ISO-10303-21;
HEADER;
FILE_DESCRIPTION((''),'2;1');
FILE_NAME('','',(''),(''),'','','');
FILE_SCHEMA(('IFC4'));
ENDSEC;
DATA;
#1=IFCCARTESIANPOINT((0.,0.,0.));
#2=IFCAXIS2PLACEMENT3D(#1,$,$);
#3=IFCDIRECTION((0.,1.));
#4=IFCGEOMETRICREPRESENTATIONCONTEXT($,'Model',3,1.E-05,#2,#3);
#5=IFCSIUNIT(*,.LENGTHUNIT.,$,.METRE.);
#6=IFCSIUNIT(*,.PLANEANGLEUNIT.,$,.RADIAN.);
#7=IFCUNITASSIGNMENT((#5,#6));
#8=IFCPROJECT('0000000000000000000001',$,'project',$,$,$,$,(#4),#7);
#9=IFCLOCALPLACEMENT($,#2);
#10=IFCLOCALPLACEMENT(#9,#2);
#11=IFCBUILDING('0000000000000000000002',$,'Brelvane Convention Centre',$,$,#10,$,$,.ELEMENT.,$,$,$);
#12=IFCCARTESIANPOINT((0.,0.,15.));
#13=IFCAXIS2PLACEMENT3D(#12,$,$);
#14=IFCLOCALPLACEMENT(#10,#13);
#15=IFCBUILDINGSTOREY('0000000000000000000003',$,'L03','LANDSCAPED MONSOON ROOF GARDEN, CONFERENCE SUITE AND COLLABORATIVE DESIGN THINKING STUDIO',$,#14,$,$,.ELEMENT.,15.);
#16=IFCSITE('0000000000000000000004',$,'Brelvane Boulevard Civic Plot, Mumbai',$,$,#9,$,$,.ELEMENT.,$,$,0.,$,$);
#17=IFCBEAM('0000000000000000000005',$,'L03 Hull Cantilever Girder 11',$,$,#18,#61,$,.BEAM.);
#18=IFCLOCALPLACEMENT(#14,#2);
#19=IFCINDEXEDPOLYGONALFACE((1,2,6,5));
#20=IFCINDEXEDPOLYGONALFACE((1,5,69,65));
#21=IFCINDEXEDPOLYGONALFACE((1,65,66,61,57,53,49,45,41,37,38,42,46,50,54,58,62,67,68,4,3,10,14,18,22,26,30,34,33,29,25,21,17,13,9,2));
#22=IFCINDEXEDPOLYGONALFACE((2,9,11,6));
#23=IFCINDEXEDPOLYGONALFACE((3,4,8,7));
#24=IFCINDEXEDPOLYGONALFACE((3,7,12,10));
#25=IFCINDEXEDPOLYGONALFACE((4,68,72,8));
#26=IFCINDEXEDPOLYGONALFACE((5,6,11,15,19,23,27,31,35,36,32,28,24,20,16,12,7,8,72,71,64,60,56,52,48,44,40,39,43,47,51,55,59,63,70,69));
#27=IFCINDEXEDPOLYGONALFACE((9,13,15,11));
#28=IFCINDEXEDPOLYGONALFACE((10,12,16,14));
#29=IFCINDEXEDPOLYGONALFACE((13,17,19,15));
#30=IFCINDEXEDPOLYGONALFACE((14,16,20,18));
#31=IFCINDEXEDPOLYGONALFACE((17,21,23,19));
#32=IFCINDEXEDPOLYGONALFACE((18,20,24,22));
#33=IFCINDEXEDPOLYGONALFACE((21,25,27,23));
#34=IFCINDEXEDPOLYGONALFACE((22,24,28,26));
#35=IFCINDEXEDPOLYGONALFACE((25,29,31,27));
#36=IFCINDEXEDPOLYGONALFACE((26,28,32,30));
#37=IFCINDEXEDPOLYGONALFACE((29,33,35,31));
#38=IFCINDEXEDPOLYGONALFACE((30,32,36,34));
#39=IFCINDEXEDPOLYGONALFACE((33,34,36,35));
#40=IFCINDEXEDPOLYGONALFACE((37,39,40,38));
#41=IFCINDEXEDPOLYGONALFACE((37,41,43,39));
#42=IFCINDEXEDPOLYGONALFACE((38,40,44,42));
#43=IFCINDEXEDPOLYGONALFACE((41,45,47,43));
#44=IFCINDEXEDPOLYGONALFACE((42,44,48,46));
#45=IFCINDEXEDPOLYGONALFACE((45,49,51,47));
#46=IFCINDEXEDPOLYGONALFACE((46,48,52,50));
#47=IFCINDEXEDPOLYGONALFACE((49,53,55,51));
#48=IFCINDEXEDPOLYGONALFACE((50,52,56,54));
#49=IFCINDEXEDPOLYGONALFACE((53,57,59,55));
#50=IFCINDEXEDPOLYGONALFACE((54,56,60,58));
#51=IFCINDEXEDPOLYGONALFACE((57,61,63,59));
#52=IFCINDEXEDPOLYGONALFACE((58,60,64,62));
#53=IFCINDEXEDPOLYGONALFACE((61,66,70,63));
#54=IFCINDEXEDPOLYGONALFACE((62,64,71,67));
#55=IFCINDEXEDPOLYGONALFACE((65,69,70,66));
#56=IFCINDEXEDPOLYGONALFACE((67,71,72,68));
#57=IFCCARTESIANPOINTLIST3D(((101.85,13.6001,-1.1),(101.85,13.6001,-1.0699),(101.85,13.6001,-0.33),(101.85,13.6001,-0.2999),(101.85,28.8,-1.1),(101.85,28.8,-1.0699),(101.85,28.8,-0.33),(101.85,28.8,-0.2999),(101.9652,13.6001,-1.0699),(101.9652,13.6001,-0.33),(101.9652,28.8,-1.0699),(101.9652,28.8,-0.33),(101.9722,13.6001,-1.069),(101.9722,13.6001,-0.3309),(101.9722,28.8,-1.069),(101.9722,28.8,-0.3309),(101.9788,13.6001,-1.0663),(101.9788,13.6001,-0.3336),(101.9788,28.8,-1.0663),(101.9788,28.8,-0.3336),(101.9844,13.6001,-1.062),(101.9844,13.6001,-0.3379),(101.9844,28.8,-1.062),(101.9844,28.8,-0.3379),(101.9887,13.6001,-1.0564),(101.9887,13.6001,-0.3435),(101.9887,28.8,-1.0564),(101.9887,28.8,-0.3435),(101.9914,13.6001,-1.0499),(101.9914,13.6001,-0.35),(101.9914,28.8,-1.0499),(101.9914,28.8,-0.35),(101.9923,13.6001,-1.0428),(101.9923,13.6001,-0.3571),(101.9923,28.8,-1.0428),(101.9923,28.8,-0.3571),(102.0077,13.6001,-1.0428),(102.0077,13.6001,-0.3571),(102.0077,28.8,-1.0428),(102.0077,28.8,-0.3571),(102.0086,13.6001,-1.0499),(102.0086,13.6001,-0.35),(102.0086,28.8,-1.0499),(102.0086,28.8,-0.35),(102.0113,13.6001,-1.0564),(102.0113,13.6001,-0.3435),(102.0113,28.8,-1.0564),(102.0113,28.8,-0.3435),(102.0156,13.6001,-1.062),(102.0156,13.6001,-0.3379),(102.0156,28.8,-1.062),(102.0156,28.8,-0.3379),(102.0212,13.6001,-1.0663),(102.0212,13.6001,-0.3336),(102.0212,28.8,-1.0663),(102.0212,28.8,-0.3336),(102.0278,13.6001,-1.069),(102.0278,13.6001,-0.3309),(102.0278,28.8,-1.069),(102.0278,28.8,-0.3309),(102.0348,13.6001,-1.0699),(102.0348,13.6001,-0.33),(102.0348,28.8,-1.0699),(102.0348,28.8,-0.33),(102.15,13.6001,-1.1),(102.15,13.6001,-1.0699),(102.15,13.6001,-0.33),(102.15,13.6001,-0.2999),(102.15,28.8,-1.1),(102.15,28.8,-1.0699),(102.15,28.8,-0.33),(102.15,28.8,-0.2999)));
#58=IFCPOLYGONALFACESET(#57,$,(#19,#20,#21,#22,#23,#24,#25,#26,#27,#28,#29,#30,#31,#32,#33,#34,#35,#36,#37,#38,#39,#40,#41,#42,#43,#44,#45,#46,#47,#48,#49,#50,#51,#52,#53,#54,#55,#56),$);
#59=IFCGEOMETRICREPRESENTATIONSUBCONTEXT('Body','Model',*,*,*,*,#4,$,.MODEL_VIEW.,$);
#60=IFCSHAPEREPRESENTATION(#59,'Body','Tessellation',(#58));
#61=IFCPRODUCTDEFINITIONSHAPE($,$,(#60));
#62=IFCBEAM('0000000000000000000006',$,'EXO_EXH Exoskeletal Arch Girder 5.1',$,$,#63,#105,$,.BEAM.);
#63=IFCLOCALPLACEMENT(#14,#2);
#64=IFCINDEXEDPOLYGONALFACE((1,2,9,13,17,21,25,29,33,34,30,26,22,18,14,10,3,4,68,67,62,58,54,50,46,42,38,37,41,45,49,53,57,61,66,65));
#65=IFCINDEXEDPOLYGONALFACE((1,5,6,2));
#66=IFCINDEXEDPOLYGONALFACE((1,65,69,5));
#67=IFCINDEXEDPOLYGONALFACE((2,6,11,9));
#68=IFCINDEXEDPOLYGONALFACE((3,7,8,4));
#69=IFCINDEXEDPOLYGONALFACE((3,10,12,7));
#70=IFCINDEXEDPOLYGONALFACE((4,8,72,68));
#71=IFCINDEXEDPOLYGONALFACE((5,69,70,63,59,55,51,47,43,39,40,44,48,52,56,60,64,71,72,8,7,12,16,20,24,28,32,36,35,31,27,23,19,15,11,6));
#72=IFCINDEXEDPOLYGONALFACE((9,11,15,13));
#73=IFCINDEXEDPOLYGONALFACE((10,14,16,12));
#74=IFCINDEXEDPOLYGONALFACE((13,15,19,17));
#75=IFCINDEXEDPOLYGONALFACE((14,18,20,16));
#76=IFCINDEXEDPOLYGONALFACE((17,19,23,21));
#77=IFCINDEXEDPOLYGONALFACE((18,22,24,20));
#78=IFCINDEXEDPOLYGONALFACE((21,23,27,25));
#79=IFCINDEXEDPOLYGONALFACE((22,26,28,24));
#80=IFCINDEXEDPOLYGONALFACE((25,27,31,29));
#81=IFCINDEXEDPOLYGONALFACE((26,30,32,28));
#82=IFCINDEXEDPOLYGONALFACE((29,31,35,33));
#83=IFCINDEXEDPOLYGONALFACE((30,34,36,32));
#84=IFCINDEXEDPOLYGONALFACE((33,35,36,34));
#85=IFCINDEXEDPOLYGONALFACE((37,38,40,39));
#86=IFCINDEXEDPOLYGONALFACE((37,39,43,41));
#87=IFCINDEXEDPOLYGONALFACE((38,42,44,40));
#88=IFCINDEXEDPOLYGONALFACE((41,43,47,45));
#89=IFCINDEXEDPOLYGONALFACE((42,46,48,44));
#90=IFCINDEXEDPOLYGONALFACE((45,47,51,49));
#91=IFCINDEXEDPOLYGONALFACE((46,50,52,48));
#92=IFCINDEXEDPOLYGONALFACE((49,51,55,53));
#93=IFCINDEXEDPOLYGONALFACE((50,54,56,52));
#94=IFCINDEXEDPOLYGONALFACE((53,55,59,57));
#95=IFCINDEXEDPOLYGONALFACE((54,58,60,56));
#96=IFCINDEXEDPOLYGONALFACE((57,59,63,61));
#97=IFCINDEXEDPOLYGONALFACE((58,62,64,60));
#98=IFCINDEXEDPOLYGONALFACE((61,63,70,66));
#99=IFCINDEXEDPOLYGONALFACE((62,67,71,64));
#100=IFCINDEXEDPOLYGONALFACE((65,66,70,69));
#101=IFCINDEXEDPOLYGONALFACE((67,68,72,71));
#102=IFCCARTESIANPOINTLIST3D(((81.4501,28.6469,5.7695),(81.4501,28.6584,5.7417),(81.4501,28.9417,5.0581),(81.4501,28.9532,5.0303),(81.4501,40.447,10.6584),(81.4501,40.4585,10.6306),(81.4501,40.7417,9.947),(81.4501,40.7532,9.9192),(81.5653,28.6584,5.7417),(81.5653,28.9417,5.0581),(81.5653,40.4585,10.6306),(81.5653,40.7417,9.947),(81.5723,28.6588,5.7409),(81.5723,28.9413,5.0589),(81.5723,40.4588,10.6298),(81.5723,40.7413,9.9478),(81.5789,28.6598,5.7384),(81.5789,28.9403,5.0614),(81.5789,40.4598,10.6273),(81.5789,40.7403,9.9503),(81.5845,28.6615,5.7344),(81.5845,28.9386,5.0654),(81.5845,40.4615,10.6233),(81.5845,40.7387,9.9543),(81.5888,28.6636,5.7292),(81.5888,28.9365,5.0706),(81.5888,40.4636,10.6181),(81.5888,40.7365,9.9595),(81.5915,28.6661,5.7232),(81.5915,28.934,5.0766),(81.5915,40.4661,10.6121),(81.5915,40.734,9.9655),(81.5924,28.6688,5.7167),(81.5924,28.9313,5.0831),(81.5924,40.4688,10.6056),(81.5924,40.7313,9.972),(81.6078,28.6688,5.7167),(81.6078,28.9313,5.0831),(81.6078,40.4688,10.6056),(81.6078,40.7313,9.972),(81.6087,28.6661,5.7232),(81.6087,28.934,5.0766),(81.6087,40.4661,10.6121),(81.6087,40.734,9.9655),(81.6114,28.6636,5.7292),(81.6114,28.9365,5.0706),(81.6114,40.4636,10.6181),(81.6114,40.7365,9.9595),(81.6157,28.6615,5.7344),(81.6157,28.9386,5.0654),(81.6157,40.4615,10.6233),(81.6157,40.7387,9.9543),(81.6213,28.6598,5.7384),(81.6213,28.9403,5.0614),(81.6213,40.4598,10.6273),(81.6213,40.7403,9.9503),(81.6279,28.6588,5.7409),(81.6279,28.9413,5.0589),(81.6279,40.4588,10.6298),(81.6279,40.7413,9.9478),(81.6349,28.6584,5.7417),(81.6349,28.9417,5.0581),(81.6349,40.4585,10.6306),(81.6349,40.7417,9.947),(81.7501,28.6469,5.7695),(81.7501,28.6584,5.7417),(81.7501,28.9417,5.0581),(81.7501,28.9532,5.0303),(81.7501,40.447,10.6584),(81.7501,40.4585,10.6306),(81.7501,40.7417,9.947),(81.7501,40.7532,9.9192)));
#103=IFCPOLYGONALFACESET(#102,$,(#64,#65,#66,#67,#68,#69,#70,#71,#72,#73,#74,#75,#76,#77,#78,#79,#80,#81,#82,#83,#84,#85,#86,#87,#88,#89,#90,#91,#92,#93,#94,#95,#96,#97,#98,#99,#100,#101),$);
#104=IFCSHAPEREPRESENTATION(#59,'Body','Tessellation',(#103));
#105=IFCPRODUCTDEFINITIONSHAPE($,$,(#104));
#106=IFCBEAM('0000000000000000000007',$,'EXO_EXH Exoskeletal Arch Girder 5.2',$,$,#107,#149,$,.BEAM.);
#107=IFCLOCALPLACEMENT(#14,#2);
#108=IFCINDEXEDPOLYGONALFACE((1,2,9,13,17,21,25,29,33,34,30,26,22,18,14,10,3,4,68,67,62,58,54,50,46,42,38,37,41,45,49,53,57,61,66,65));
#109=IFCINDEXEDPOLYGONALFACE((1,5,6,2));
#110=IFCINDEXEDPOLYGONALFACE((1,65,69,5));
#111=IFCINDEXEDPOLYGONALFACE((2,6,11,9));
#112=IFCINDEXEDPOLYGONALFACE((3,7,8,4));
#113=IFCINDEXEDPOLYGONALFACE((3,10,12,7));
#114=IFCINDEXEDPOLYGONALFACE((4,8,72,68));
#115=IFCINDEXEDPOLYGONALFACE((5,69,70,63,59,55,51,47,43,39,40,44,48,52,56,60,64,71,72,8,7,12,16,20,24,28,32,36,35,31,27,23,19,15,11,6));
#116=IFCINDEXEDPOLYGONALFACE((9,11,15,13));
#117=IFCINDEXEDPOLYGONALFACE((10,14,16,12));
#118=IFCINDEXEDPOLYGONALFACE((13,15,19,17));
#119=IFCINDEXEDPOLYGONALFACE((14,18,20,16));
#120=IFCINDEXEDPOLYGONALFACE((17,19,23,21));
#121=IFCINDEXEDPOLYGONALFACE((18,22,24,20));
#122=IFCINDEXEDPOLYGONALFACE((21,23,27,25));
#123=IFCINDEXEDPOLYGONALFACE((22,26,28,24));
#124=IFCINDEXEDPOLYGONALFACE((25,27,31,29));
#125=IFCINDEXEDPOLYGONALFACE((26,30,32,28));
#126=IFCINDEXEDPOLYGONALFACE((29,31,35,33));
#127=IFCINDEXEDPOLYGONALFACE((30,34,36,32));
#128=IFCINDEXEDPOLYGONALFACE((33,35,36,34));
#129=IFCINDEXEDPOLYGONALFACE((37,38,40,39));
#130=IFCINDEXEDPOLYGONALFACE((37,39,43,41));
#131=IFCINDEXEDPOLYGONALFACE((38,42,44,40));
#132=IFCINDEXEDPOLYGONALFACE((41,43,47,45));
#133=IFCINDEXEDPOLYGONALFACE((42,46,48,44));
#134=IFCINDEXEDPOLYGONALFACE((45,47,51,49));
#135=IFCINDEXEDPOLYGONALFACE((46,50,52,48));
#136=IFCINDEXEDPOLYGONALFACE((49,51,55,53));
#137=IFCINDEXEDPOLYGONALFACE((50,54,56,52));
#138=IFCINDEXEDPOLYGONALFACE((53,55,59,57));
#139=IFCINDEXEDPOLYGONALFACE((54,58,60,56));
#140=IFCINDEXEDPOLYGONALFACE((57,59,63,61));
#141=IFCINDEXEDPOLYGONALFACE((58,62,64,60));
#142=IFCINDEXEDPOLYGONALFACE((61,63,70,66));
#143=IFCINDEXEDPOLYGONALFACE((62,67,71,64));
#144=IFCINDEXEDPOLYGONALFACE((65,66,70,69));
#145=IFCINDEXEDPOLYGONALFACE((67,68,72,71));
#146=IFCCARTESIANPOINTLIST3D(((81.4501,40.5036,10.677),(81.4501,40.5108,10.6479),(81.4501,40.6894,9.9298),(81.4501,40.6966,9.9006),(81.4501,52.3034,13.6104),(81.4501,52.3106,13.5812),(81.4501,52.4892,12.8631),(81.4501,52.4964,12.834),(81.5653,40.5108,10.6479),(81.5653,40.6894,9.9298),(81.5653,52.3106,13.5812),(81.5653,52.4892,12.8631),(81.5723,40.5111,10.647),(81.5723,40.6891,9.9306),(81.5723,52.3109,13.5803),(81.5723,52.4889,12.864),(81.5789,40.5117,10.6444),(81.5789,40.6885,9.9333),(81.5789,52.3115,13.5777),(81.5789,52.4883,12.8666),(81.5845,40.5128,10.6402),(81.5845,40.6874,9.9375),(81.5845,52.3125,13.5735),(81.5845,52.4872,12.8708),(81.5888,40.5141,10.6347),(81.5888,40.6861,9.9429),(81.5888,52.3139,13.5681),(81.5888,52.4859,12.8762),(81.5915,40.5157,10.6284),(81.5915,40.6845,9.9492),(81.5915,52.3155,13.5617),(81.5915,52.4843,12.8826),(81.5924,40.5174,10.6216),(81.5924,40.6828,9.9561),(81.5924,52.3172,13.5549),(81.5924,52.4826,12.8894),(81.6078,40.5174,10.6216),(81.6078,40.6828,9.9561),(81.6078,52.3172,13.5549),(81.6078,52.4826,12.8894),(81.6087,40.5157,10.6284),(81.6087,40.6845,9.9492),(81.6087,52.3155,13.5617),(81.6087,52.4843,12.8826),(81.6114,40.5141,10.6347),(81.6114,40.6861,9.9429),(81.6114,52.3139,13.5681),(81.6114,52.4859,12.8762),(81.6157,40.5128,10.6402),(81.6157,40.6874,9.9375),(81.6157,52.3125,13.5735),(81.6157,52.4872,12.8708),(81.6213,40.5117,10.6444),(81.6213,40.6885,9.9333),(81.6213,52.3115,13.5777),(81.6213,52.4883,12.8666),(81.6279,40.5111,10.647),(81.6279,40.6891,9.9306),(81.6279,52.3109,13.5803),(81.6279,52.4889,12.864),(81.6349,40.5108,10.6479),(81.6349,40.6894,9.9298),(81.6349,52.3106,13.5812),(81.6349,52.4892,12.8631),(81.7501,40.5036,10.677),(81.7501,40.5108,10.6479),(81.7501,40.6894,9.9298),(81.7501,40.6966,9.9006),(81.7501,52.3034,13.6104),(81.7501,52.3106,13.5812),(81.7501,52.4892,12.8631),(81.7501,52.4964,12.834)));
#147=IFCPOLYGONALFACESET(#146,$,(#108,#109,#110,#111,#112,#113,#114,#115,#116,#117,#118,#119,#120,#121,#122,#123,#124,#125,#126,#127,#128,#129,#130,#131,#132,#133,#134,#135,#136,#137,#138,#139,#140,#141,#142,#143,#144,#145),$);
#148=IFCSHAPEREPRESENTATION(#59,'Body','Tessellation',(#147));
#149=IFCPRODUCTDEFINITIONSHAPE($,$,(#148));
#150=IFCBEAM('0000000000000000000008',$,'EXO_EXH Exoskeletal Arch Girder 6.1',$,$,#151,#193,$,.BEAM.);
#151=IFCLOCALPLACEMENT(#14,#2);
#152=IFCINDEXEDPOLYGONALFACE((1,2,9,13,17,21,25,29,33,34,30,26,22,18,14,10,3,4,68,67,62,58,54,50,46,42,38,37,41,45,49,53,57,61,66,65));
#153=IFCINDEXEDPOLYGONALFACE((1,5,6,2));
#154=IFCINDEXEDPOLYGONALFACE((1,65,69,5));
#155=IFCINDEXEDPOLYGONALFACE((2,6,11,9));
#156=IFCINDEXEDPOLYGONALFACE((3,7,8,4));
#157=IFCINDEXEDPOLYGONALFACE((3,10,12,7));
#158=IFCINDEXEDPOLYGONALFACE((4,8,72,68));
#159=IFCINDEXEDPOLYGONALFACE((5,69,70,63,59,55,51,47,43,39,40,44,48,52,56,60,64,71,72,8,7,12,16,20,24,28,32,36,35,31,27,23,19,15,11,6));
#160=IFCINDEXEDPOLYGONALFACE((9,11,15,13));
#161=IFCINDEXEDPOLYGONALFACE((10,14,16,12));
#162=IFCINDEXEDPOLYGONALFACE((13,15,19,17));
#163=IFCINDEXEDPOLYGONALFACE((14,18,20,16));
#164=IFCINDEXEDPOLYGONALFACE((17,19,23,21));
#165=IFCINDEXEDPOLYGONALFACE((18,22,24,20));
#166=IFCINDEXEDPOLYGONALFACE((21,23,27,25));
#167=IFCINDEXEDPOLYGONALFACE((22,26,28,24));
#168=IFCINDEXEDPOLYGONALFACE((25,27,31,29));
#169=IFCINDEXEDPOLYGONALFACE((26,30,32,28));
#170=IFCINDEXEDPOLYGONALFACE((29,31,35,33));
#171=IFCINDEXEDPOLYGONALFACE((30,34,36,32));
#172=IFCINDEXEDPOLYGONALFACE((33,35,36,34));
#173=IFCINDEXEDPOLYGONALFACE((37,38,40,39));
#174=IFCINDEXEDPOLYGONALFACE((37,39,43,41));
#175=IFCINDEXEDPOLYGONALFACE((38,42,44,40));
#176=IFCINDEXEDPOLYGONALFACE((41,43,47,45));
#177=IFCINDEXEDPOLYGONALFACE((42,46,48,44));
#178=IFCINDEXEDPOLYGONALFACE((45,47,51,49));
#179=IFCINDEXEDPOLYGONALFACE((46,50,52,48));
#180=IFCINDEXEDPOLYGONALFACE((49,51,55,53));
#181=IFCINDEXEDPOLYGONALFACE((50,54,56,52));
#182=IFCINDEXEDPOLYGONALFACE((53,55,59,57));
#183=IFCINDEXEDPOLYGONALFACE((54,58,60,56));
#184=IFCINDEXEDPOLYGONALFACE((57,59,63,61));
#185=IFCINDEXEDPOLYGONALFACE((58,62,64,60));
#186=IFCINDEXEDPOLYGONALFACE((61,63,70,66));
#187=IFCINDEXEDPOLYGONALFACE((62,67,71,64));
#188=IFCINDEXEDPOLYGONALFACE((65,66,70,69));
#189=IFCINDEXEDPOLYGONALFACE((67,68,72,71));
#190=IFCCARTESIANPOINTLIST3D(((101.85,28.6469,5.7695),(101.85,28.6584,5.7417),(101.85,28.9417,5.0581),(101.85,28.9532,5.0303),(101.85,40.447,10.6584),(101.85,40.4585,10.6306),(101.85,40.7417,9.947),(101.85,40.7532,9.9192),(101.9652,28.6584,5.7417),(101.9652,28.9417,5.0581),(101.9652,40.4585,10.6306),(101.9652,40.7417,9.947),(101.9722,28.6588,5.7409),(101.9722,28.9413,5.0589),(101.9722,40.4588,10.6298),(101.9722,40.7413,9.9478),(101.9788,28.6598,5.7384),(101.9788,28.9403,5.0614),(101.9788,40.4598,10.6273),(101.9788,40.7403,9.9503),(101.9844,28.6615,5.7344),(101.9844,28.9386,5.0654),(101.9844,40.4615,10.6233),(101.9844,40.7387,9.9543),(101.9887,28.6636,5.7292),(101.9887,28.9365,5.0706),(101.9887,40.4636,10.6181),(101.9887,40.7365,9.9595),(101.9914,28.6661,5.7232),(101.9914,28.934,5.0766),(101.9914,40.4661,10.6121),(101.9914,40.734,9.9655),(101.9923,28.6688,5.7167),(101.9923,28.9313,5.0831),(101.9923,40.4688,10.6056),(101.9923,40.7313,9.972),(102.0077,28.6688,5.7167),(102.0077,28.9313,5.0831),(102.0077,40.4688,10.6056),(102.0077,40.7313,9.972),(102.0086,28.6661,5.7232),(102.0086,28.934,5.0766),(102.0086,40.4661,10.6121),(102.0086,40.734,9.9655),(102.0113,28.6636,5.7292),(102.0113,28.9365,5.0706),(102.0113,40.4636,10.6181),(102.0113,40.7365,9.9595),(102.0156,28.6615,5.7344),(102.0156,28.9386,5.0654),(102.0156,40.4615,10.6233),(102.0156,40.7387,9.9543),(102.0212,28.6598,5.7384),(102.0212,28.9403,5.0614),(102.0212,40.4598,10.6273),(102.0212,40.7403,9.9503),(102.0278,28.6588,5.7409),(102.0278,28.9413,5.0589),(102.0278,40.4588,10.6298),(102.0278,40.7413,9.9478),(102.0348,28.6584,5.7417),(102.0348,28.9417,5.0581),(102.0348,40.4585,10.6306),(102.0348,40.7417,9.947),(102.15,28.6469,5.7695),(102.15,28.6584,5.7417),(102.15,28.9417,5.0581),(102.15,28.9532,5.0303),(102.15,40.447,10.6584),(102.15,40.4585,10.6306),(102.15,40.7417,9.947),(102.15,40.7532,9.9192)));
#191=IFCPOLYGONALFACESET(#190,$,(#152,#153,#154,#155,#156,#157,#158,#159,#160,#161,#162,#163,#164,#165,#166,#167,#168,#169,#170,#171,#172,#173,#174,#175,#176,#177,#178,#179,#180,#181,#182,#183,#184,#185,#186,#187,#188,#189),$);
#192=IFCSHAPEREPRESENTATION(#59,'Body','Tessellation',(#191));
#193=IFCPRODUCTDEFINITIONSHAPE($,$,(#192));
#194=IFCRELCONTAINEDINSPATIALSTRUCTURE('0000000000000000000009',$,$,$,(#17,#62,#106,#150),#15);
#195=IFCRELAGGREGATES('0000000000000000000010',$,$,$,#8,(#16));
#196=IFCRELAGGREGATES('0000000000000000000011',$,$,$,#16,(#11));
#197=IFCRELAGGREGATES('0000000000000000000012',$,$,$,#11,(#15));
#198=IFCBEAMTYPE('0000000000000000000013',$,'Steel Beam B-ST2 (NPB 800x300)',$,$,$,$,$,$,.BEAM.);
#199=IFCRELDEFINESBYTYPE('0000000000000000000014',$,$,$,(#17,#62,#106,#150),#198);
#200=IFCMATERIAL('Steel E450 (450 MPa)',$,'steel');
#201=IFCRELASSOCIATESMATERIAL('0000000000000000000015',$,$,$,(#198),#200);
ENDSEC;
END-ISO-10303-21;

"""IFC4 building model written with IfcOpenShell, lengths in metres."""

from ifc_helpers import new_model, si_unit, direction, frame, origin, origin_2d, place, context, subcontext, project, spatial, i_section, extrude, material, material_profile, profile_set, type_object, element, save


model = new_model("IFC4")

# Units and contexts
model_context = context("Model", 3, precision=1e-05, world=origin(), true_north=direction((0.0, 1.0)))
body_context = subcontext(model_context, "Body", "Model", "MODEL_VIEW")
ifc_project = project(units=[si_unit("LENGTHUNIT", "METRE"), si_unit("PLANEANGLEUNIT", "RADIAN")], contexts=[model_context])

# Site, building, storey
site_placement = place(None, origin())
site = spatial("IfcSite", under=ifc_project, at=site_placement, Name="Brelvane Boulevard Civic Plot, Mumbai", CompositionType="ELEMENT", RefElevation=0.0)
building_placement = place(site_placement, origin())
building = spatial("IfcBuilding", under=site, at=building_placement, Name="Brelvane Convention Centre", CompositionType="ELEMENT")
storey_placement = place(building_placement, frame((0.0, 0.0, 15.0)))
storey = spatial("IfcBuildingStorey", under=building, at=storey_placement, Name="L03", Description="LANDSCAPED MONSOON ROOF GARDEN, CONFERENCE SUITE AND COLLABORATIVE DESIGN THINKING STUDIO", CompositionType="ELEMENT", Elevation=15.0)

# Beams
ifc_material_1 = material(Name="Steel E450 (450 MPa)", Category="steel")
ifc_material_profile_1 = material_profile(ifc_material_1, i_section(OverallWidth=0.3, OverallDepth=0.8, WebThickness=0.0154, FlangeThickness=0.03, FilletRadius=0.0271, at=origin_2d()), Name="NPB 800x300")
ifc_profile_set_1 = profile_set([ifc_material_profile_1], Name="Steel E450 (450 MPa)")
beam_type_1 = type_object("IfcBeamType", Name="Steel Beam B-ST2 (NPB 800x300)", PredefinedType="BEAM", material=ifc_profile_set_1)
for number, where, z_axis, x_axis, name in (
    (1, (102.0, 13.6001, -0.7), (0.0, 1.0, 0.0), (-1.0, 0.0, 0.0), "L03 Hull Cantilever Girder 11"),
):
    element("IfcBeam", number, at=place(storey_placement, frame(where, z_axis=z_axis, x_axis=x_axis)), inside=storey, type_object=beam_type_1, Name=name, PredefinedType="BEAM", context=body_context, shape_type="SweptSolid", body=[
        extrude(i_section(OverallWidth=0.3, OverallDepth=0.8, WebThickness=0.0154, FlangeThickness=0.03, FilletRadius=0.0271, at=origin_2d()), origin(), (0.0, 0.0, 1.0), 15.2),
    ])
beam_1_placement = place(storey_placement, frame((81.6001, 28.8, 5.3999), z_axis=(0.0, 0.923847, 0.382762), x_axis=(-1.0, 0.0, 0.0)))
element("IfcBeam", 2, at=beam_1_placement, inside=storey, type_object=beam_type_1, Name="EXO_EXH Exoskeletal Arch Girder 5.1", PredefinedType="BEAM", context=body_context, shape_type="SweptSolid", body=[
    extrude(i_section(OverallWidth=0.3, OverallDepth=0.8, WebThickness=0.0154, FlangeThickness=0.03, FilletRadius=0.0271, at=origin_2d()), origin(), (0.0, 0.0, 1.0), 12.7727),
])
beam_2_placement = place(storey_placement, frame((81.6001, 40.6001, 10.2888), z_axis=(0.0, 0.970463, 0.24125), x_axis=(-1.0, 0.0, 0.0)))
element("IfcBeam", 3, at=beam_2_placement, inside=storey, type_object=beam_type_1, Name="EXO_EXH Exoskeletal Arch Girder 5.2", PredefinedType="BEAM", context=body_context, shape_type="SweptSolid", body=[
    extrude(i_section(OverallWidth=0.3, OverallDepth=0.8, WebThickness=0.0154, FlangeThickness=0.03, FilletRadius=0.0271, at=origin_2d()), origin(), (0.0, 0.0, 1.0), 12.1589),
])
beam_3_placement = place(storey_placement, frame((102.0, 28.8, 5.3999), z_axis=(0.0, 0.923847, 0.382762), x_axis=(-1.0, 0.0, 0.0)))
element("IfcBeam", 4, at=beam_3_placement, inside=storey, type_object=beam_type_1, Name="EXO_EXH Exoskeletal Arch Girder 6.1", PredefinedType="BEAM", context=body_context, shape_type="SweptSolid", body=[
    extrude(i_section(OverallWidth=0.3, OverallDepth=0.8, WebThickness=0.0154, FlangeThickness=0.03, FilletRadius=0.0271, at=origin_2d()), origin(), (0.0, 0.0, 1.0), 12.7727),
])

save(model, "model.ifc")
